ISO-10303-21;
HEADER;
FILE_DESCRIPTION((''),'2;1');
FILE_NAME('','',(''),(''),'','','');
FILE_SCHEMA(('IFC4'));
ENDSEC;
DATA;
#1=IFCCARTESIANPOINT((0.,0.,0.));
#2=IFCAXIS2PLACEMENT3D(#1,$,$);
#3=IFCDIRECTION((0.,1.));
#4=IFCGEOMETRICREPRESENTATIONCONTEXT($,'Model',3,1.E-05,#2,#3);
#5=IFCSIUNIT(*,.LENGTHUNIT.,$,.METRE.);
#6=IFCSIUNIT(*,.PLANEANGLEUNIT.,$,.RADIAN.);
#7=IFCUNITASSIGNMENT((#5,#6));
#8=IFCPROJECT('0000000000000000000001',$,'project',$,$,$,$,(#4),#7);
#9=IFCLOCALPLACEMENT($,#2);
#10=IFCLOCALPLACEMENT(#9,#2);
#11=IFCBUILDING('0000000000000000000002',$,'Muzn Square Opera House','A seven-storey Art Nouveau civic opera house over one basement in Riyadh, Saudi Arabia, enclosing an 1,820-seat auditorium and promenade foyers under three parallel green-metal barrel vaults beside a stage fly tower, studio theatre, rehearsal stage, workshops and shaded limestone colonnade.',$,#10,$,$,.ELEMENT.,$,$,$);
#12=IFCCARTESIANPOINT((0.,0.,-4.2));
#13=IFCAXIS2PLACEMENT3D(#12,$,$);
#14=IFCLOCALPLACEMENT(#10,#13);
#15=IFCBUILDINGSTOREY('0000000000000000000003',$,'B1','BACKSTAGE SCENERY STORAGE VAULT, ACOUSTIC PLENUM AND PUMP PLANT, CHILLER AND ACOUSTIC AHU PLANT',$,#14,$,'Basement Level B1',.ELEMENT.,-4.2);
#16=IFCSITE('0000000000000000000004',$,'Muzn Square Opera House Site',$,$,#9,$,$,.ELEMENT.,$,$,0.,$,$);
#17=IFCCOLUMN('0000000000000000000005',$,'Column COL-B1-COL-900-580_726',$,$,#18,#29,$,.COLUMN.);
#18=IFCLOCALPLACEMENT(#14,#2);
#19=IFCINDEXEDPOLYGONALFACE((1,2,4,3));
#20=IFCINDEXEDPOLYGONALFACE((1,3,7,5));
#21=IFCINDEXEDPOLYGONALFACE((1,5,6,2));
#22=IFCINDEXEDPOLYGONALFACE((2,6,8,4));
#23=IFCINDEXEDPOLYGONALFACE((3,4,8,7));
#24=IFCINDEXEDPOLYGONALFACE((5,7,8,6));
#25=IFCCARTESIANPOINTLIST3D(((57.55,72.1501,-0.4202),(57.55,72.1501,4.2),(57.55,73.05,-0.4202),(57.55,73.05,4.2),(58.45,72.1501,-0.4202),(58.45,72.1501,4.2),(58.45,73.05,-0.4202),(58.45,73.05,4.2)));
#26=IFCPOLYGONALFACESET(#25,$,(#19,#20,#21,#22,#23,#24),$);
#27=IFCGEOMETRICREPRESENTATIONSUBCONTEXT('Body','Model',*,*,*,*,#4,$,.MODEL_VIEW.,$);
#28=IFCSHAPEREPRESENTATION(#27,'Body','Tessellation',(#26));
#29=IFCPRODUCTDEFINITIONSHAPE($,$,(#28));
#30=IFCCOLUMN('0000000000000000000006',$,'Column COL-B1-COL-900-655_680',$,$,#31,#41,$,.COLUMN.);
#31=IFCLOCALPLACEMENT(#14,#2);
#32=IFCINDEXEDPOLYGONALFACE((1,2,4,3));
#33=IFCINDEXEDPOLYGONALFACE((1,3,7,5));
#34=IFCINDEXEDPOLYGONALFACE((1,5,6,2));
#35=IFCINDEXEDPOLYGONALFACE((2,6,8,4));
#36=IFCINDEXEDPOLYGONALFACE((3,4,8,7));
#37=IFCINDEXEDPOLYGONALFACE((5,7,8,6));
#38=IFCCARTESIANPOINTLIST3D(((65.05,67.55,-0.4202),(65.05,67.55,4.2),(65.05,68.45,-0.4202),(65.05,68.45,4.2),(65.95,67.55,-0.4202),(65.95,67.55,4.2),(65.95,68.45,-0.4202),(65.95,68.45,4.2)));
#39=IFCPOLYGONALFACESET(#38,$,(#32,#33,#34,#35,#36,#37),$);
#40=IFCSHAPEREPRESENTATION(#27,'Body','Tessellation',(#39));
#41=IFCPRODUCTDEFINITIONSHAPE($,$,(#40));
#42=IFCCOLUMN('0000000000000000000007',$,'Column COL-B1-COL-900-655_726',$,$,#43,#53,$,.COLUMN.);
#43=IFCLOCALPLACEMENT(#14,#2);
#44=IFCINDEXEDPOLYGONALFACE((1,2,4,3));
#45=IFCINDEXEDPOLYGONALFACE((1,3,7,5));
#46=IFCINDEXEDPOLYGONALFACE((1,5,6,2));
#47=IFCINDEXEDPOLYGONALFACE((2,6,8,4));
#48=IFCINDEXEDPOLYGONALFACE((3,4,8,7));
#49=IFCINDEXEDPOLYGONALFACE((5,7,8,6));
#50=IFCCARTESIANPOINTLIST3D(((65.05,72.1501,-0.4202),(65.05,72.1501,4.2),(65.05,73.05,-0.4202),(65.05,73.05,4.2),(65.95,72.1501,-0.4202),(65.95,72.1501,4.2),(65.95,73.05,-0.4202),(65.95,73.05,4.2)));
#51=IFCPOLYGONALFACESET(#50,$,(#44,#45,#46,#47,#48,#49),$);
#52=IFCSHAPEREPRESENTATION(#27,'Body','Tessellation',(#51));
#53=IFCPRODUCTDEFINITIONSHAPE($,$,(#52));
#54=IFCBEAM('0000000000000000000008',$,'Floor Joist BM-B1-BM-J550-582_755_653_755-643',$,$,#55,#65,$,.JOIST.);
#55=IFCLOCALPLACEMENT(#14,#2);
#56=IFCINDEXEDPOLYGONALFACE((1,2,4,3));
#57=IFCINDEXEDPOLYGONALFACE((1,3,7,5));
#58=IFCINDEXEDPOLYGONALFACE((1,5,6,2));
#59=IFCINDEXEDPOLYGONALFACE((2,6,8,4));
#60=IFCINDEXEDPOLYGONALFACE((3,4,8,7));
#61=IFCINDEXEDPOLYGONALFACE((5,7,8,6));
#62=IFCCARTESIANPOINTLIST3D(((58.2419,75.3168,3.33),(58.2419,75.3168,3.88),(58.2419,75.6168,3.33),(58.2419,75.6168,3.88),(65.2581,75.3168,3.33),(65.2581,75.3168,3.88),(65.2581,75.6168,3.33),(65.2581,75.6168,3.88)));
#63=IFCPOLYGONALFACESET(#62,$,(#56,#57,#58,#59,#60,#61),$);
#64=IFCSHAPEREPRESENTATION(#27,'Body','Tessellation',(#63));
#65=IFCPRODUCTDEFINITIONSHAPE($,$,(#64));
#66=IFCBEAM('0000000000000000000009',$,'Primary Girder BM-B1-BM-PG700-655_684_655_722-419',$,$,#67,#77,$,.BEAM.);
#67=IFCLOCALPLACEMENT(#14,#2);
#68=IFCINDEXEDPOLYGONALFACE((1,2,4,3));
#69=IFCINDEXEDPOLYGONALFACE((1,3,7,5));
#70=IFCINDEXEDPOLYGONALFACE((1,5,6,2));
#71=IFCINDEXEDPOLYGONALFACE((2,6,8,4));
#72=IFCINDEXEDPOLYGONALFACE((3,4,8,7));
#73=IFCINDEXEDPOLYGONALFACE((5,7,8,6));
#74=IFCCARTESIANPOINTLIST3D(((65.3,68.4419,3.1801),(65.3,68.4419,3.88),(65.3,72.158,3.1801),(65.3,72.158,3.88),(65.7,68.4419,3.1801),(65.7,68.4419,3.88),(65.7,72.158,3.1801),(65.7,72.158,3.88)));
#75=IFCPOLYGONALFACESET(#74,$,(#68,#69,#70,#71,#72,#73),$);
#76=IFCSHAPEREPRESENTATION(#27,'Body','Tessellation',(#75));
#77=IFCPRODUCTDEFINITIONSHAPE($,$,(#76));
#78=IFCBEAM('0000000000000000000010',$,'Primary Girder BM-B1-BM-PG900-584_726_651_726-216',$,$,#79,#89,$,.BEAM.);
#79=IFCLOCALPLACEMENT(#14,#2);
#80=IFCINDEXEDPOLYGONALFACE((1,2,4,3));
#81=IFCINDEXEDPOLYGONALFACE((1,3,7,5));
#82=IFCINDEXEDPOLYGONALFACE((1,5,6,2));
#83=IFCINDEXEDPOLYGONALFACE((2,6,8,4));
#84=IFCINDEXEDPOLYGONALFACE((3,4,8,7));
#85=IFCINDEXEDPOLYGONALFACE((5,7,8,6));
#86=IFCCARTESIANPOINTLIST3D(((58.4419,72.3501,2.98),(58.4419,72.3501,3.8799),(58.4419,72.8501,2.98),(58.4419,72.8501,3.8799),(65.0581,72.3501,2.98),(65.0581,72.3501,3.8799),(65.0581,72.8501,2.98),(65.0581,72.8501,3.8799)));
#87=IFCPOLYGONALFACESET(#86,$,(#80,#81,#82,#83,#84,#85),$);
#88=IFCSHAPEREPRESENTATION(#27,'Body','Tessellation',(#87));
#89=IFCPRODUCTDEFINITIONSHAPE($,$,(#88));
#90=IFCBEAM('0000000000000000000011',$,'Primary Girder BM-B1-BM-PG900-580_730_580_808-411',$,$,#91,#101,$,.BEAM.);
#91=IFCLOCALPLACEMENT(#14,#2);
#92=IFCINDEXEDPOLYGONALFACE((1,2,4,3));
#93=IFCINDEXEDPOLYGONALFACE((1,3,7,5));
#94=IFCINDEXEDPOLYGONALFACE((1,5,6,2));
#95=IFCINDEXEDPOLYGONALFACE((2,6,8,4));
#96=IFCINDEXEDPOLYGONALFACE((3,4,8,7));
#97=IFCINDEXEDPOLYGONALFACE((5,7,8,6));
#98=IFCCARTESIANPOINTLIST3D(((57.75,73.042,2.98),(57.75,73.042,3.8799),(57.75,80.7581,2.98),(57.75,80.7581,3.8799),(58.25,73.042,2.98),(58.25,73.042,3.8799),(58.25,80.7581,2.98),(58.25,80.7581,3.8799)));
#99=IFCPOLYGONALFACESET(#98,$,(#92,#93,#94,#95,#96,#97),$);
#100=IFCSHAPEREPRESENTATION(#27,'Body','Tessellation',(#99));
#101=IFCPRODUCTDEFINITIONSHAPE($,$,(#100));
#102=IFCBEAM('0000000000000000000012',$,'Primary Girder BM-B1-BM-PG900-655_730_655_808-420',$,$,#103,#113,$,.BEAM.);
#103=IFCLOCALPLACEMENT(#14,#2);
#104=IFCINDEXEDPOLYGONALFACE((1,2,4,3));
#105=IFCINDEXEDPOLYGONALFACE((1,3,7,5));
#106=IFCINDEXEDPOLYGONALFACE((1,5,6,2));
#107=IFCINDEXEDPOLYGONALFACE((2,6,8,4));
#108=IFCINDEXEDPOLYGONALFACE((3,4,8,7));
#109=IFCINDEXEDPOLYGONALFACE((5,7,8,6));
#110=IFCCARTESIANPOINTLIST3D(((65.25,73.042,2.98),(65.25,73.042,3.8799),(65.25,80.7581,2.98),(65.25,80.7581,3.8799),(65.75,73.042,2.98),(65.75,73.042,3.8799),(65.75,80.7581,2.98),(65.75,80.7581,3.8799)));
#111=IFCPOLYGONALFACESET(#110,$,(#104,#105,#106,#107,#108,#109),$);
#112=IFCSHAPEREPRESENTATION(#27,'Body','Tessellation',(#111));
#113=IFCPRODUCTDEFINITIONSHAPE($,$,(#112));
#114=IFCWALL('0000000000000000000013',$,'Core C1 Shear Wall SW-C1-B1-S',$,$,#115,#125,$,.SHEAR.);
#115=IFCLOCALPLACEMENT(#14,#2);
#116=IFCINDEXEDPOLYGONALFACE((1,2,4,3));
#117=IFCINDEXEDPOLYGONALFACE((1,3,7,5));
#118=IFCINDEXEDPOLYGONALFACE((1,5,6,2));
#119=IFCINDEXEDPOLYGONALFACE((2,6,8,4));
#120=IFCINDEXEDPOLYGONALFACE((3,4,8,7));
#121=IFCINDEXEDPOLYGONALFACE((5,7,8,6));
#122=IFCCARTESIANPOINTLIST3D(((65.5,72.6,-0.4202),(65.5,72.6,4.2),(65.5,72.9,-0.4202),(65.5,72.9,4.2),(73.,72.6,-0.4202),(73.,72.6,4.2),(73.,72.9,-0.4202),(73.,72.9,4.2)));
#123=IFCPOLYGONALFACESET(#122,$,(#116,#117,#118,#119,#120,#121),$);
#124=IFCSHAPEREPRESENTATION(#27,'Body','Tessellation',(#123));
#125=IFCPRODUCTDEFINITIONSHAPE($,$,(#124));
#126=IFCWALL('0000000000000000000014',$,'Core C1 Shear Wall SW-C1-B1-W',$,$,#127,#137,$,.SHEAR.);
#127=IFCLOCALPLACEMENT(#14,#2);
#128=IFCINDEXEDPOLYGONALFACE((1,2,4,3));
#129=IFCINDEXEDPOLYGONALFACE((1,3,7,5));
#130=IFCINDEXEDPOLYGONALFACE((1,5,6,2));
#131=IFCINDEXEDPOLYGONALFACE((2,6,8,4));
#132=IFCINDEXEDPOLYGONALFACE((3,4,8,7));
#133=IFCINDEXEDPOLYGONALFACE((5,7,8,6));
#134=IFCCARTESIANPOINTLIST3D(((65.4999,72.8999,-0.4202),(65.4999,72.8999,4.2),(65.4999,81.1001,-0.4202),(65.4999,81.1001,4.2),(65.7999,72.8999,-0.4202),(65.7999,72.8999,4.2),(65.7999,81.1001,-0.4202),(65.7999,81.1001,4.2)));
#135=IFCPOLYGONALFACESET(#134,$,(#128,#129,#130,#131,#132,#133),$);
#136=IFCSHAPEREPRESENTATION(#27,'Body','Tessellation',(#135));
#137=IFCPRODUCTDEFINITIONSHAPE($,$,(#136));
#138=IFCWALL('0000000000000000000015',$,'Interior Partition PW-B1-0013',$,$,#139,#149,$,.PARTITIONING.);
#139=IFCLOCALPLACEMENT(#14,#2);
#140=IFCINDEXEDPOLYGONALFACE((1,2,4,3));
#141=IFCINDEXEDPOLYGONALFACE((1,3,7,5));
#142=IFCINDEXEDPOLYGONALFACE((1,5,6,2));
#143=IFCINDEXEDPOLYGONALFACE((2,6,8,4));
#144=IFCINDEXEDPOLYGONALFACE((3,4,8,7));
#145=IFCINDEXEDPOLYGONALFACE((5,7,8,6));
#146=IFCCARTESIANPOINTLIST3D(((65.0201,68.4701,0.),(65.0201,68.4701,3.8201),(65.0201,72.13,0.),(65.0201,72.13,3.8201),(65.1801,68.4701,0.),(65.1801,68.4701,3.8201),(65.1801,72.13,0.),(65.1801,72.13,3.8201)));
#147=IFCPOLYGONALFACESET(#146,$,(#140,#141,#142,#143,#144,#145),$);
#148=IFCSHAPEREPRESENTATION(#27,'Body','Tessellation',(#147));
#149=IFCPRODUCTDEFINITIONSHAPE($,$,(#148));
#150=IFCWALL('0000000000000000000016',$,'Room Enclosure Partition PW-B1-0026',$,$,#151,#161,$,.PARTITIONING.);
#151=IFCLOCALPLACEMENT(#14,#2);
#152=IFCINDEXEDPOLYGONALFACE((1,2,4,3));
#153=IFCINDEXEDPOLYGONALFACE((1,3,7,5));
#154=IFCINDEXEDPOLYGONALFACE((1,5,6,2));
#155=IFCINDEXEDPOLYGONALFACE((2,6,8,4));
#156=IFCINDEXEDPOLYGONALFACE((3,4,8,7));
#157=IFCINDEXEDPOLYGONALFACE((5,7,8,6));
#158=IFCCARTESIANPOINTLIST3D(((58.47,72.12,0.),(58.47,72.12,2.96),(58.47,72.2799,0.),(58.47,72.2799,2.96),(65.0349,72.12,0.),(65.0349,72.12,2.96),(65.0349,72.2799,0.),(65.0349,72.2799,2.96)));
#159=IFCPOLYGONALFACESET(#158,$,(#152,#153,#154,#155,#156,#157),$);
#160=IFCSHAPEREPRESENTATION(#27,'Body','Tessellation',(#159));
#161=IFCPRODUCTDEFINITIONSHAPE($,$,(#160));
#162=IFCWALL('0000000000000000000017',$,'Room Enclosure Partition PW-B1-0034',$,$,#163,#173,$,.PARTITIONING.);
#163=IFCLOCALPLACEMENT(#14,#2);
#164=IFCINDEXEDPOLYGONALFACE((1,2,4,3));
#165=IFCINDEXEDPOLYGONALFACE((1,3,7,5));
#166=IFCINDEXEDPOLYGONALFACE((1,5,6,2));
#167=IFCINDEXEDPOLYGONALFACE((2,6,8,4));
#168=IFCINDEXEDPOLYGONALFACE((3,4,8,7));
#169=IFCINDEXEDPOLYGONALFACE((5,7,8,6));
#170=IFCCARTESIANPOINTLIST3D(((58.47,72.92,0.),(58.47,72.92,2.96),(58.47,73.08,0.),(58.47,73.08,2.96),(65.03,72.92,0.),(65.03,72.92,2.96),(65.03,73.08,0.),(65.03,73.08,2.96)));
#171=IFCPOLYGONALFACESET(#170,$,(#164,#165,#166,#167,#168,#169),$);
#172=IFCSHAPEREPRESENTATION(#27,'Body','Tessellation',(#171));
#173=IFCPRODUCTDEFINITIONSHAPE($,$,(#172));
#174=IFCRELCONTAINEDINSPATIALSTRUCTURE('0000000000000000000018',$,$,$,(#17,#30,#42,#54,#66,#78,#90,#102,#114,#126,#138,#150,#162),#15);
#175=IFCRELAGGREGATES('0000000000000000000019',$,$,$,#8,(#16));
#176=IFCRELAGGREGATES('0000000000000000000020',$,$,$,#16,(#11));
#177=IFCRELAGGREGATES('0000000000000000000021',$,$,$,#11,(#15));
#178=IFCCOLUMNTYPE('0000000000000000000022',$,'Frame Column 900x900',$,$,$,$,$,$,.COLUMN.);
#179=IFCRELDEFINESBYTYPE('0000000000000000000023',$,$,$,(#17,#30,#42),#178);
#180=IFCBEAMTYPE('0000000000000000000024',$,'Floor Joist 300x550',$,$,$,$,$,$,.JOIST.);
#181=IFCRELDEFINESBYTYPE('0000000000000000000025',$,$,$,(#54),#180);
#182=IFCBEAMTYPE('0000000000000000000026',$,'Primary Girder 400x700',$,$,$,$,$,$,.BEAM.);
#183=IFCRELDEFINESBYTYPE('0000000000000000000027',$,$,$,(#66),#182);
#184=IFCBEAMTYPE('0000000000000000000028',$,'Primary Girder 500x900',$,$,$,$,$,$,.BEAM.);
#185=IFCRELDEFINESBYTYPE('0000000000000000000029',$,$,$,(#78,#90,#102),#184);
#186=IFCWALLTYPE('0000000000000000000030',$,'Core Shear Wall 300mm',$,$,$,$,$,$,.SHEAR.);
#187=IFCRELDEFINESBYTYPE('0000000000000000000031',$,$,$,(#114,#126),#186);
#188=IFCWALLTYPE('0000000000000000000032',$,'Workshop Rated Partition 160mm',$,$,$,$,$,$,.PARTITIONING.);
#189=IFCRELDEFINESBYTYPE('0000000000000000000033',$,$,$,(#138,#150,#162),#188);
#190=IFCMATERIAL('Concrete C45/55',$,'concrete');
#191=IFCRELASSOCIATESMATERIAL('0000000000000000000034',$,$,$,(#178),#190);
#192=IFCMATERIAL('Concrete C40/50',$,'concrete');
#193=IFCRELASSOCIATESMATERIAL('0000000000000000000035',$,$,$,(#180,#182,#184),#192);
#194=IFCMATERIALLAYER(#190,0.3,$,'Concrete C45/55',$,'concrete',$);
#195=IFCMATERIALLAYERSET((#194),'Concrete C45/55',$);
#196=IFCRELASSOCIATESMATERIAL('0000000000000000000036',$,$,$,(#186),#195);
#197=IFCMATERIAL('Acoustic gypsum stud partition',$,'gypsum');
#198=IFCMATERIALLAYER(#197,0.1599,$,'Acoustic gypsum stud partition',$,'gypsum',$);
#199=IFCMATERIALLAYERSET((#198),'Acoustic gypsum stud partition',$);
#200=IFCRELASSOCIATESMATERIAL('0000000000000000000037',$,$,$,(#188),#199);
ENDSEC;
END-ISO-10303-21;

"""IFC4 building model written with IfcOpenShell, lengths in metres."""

from ifc_helpers import new_model, si_unit, direction, frame, frame_2d, origin, origin_2d, place, context, subcontext, project, spatial, rectangle, extrude, material, layer, layer_set, material_profile, profile_set, type_object, element, save


model = new_model("IFC4")

# Units and contexts
model_context = context("Model", 3, precision=1e-05, world=origin(), true_north=direction((0.0, 1.0)))
body_context = subcontext(model_context, "Body", "Model", "MODEL_VIEW")
ifc_project = project(units=[si_unit("LENGTHUNIT", "METRE"), si_unit("PLANEANGLEUNIT", "RADIAN")], contexts=[model_context])

# Site, building, storey
site_placement = place(None, origin())
site = spatial("IfcSite", under=ifc_project, at=site_placement, Name="Muzn Square Opera House Site", CompositionType="ELEMENT", RefElevation=0.0)
building_placement = place(site_placement, origin())
building = spatial("IfcBuilding", under=site, at=building_placement, Name="Muzn Square Opera House", Description="A seven-storey Art Nouveau civic opera house over one basement in Riyadh, Saudi Arabia, enclosing an 1,820-seat auditorium and promenade foyers under three parallel green-metal barrel vaults beside a stage fly tower, studio theatre, rehearsal stage, workshops and shaded limestone colonnade.", CompositionType="ELEMENT")
storey_placement = place(building_placement, frame((0.0, 0.0, -4.2)))
storey = spatial("IfcBuildingStorey", under=building, at=storey_placement, Name="B1", Description="BACKSTAGE SCENERY STORAGE VAULT, ACOUSTIC PLENUM AND PUMP PLANT, CHILLER AND ACOUSTIC AHU PLANT", LongName="Basement Level B1", CompositionType="ELEMENT", Elevation=-4.2)

# Shared definitions
ifc_material_1 = material(Name="Concrete C40/50", Category="concrete")

# Columns
ifc_material_2 = material(Name="Concrete C45/55", Category="concrete")
ifc_material_profile_1 = material_profile(ifc_material_2, rectangle(XDim=0.8999, YDim=0.8999, at=origin_2d()), Name="RC 900x900", Category="concrete")
ifc_profile_set_1 = profile_set([ifc_material_profile_1], Name="Concrete C45/55")
column_type = type_object("IfcColumnType", Name="Frame Column 900x900", PredefinedType="COLUMN", material=ifc_profile_set_1)
for number, where, z_axis, x_axis, name in (
    (1, (58.0, 72.6001, -0.4202), (0.0, 0.0, 1.0), (1.0, 0.0, 0.0), "Column COL-B1-COL-900-580_726"),
    (2, (65.5, 68.0, -0.4202), (0.0, 0.0, 1.0), (1.0, 0.0, 0.0), "Column COL-B1-COL-900-655_680"),
    (3, (65.5, 72.6001, -0.4202), (0.0, 0.0, 1.0), (1.0, 0.0, 0.0), "Column COL-B1-COL-900-655_726"),
):
    element("IfcColumn", number, at=place(storey_placement, frame(where, z_axis=z_axis, x_axis=x_axis)), inside=storey, type_object=column_type, Name=name, PredefinedType="COLUMN", context=body_context, shape_type="SweptSolid", body=[
        extrude(rectangle(XDim=0.8999, YDim=0.8999, at=origin_2d()), origin(), (0.0, 0.0, 1.0), 4.6201),
    ])

# Beams
ifc_material_profile_2 = material_profile(ifc_material_1, rectangle(XDim=0.3, YDim=0.55, at=origin_2d()), Name="RCJ 300x550", Category="concrete")
ifc_profile_set_2 = profile_set([ifc_material_profile_2], Name="Concrete C40/50")
beam_type_1 = type_object("IfcBeamType", Name="Floor Joist 300x550", PredefinedType="JOIST", material=ifc_profile_set_2)
beam_1_placement = place(storey_placement, frame((58.2419, 75.4668, 3.605), z_axis=(1.0, 0.0, 0.0), x_axis=(0.0, 1.0, 0.0)))
element("IfcBeam", 4, at=beam_1_placement, inside=storey, type_object=beam_type_1, Name="Floor Joist BM-B1-BM-J550-582_755_653_755-643", PredefinedType="JOIST", context=body_context, shape_type="SweptSolid", body=[
    extrude(rectangle(XDim=0.3, YDim=0.55, at=origin_2d()), origin(), (0.0, 0.0, 1.0), 7.0161),
])
ifc_material_profile_3 = material_profile(ifc_material_1, rectangle(XDim=0.3999, YDim=0.7, at=origin_2d()), Name="RCB 400x700", Category="concrete")
ifc_profile_set_3 = profile_set([ifc_material_profile_3], Name="Concrete C40/50")
beam_type_2 = type_object("IfcBeamType", Name="Primary Girder 400x700", PredefinedType="BEAM", material=ifc_profile_set_3)
beam_2_placement = place(storey_placement, frame((65.5, 68.4419, 3.53), z_axis=(0.0, 1.0, 0.0), x_axis=(-1.0, 0.0, 0.0)))
element("IfcBeam", 5, at=beam_2_placement, inside=storey, type_object=beam_type_2, Name="Primary Girder BM-B1-BM-PG700-655_684_655_722-419", PredefinedType="BEAM", context=body_context, shape_type="SweptSolid", body=[
    extrude(rectangle(XDim=0.3999, YDim=0.7, at=origin_2d()), origin(), (0.0, 0.0, 1.0), 3.7161),
])
ifc_material_profile_4 = material_profile(ifc_material_1, rectangle(XDim=0.5, YDim=0.8999, at=origin_2d()), Name="RCB 500x900", Category="concrete")
ifc_profile_set_4 = profile_set([ifc_material_profile_4], Name="Concrete C40/50")
beam_type_3 = type_object("IfcBeamType", Name="Primary Girder 500x900", PredefinedType="BEAM", material=ifc_profile_set_4)
beam_3_placement = place(storey_placement, frame((58.4419, 72.6001, 3.4299), z_axis=(1.0, 0.0, 0.0), x_axis=(0.0, 1.0, 0.0)))
element("IfcBeam", 6, at=beam_3_placement, inside=storey, type_object=beam_type_3, Name="Primary Girder BM-B1-BM-PG900-584_726_651_726-216", PredefinedType="BEAM", context=body_context, shape_type="SweptSolid", body=[
    extrude(rectangle(XDim=0.5, YDim=0.8999, at=origin_2d()), origin(), (0.0, 0.0, 1.0), 6.6162),
])
for number, where, z_axis, x_axis, name in (
    (7, (58.0, 73.042, 3.4299), (0.0, 1.0, 0.0), (-1.0, 0.0, 0.0), "Primary Girder BM-B1-BM-PG900-580_730_580_808-411"),
    (8, (65.5, 73.042, 3.4299), (0.0, 1.0, 0.0), (-1.0, 0.0, 0.0), "Primary Girder BM-B1-BM-PG900-655_730_655_808-420"),
):
    element("IfcBeam", number, at=place(storey_placement, frame(where, z_axis=z_axis, x_axis=x_axis)), inside=storey, type_object=beam_type_3, Name=name, PredefinedType="BEAM", context=body_context, shape_type="SweptSolid", body=[
        extrude(rectangle(XDim=0.5, YDim=0.8999, at=origin_2d()), origin(), (0.0, 0.0, 1.0), 7.7161),
    ])

# Walls
ifc_layer_1 = layer(ifc_material_2, 0.3, Name="Concrete C45/55", Category="concrete")
ifc_layer_set_1 = layer_set([ifc_layer_1], Name="Concrete C45/55")
wall_type_1 = type_object("IfcWallType", Name="Core Shear Wall 300mm", PredefinedType="SHEAR", material=ifc_layer_set_1)
wall_1_placement = place(storey_placement, frame((65.5, 72.75, -0.4202), z_axis=(0.0, 0.0, 1.0), x_axis=(1.0, 0.0, 0.0)))
element("IfcWall", 9, at=wall_1_placement, inside=storey, type_object=wall_type_1, Name="Core C1 Shear Wall SW-C1-B1-S", PredefinedType="SHEAR", context=body_context, shape_type="SweptSolid", body=[
    extrude(rectangle(XDim=7.5, YDim=0.3, at=frame_2d((3.75, 0.0))), origin(), (0.0, 0.0, 1.0), 4.6201),
])
wall_2_placement = place(storey_placement, frame((65.6499, 72.8999, -0.4202), z_axis=(0.0, 0.0, 1.0), x_axis=(0.0, 1.0, 0.0)))
element("IfcWall", 10, at=wall_2_placement, inside=storey, type_object=wall_type_1, Name="Core C1 Shear Wall SW-C1-B1-W", PredefinedType="SHEAR", context=body_context, shape_type="SweptSolid", body=[
    extrude(rectangle(XDim=8.2002, YDim=0.3, at=frame_2d((4.1001, 0.0))), origin(), (0.0, 0.0, 1.0), 4.6201),
])
ifc_material_3 = material(Name="Acoustic gypsum stud partition", Category="gypsum")
ifc_layer_2 = layer(ifc_material_3, 0.1599, Name="Acoustic gypsum stud partition", Category="gypsum")
ifc_layer_set_2 = layer_set([ifc_layer_2], Name="Acoustic gypsum stud partition")
wall_type_2 = type_object("IfcWallType", Name="Workshop Rated Partition 160mm", PredefinedType="PARTITIONING", material=ifc_layer_set_2)
wall_3_placement = place(storey_placement, frame((65.1001, 68.47, 0.0), z_axis=(0.0, 0.0, 1.0), x_axis=(0.0, 1.0, 0.0)))
element("IfcWall", 11, at=wall_3_placement, inside=storey, type_object=wall_type_2, Name="Interior Partition PW-B1-0013", PredefinedType="PARTITIONING", context=body_context, shape_type="SweptSolid", body=[
    extrude(rectangle(XDim=3.6599, YDim=0.1599, at=frame_2d((1.8301, 0.0))), origin(), (0.0, 0.0, 1.0), 3.8201),
])
wall_4_placement = place(storey_placement, frame((58.47, 72.2, 0.0), z_axis=(0.0, 0.0, 1.0), x_axis=(1.0, 0.0, 0.0)))
element("IfcWall", 12, at=wall_4_placement, inside=storey, type_object=wall_type_2, Name="Room Enclosure Partition PW-B1-0026", PredefinedType="PARTITIONING", context=body_context, shape_type="SweptSolid", body=[
    extrude(rectangle(XDim=6.5649, YDim=0.1599, at=frame_2d((3.2825, 0.0))), origin(), (0.0, 0.0, 1.0), 2.96),
])
wall_5_placement = place(storey_placement, frame((58.47, 73.0, 0.0), z_axis=(0.0, 0.0, 1.0), x_axis=(1.0, 0.0, 0.0)))
element("IfcWall", 13, at=wall_5_placement, inside=storey, type_object=wall_type_2, Name="Room Enclosure Partition PW-B1-0034", PredefinedType="PARTITIONING", context=body_context, shape_type="SweptSolid", body=[
    extrude(rectangle(XDim=6.5601, YDim=0.1599, at=frame_2d((3.28, 0.0))), origin(), (0.0, 0.0, 1.0), 2.96),
])

save(model, "model.ifc")
